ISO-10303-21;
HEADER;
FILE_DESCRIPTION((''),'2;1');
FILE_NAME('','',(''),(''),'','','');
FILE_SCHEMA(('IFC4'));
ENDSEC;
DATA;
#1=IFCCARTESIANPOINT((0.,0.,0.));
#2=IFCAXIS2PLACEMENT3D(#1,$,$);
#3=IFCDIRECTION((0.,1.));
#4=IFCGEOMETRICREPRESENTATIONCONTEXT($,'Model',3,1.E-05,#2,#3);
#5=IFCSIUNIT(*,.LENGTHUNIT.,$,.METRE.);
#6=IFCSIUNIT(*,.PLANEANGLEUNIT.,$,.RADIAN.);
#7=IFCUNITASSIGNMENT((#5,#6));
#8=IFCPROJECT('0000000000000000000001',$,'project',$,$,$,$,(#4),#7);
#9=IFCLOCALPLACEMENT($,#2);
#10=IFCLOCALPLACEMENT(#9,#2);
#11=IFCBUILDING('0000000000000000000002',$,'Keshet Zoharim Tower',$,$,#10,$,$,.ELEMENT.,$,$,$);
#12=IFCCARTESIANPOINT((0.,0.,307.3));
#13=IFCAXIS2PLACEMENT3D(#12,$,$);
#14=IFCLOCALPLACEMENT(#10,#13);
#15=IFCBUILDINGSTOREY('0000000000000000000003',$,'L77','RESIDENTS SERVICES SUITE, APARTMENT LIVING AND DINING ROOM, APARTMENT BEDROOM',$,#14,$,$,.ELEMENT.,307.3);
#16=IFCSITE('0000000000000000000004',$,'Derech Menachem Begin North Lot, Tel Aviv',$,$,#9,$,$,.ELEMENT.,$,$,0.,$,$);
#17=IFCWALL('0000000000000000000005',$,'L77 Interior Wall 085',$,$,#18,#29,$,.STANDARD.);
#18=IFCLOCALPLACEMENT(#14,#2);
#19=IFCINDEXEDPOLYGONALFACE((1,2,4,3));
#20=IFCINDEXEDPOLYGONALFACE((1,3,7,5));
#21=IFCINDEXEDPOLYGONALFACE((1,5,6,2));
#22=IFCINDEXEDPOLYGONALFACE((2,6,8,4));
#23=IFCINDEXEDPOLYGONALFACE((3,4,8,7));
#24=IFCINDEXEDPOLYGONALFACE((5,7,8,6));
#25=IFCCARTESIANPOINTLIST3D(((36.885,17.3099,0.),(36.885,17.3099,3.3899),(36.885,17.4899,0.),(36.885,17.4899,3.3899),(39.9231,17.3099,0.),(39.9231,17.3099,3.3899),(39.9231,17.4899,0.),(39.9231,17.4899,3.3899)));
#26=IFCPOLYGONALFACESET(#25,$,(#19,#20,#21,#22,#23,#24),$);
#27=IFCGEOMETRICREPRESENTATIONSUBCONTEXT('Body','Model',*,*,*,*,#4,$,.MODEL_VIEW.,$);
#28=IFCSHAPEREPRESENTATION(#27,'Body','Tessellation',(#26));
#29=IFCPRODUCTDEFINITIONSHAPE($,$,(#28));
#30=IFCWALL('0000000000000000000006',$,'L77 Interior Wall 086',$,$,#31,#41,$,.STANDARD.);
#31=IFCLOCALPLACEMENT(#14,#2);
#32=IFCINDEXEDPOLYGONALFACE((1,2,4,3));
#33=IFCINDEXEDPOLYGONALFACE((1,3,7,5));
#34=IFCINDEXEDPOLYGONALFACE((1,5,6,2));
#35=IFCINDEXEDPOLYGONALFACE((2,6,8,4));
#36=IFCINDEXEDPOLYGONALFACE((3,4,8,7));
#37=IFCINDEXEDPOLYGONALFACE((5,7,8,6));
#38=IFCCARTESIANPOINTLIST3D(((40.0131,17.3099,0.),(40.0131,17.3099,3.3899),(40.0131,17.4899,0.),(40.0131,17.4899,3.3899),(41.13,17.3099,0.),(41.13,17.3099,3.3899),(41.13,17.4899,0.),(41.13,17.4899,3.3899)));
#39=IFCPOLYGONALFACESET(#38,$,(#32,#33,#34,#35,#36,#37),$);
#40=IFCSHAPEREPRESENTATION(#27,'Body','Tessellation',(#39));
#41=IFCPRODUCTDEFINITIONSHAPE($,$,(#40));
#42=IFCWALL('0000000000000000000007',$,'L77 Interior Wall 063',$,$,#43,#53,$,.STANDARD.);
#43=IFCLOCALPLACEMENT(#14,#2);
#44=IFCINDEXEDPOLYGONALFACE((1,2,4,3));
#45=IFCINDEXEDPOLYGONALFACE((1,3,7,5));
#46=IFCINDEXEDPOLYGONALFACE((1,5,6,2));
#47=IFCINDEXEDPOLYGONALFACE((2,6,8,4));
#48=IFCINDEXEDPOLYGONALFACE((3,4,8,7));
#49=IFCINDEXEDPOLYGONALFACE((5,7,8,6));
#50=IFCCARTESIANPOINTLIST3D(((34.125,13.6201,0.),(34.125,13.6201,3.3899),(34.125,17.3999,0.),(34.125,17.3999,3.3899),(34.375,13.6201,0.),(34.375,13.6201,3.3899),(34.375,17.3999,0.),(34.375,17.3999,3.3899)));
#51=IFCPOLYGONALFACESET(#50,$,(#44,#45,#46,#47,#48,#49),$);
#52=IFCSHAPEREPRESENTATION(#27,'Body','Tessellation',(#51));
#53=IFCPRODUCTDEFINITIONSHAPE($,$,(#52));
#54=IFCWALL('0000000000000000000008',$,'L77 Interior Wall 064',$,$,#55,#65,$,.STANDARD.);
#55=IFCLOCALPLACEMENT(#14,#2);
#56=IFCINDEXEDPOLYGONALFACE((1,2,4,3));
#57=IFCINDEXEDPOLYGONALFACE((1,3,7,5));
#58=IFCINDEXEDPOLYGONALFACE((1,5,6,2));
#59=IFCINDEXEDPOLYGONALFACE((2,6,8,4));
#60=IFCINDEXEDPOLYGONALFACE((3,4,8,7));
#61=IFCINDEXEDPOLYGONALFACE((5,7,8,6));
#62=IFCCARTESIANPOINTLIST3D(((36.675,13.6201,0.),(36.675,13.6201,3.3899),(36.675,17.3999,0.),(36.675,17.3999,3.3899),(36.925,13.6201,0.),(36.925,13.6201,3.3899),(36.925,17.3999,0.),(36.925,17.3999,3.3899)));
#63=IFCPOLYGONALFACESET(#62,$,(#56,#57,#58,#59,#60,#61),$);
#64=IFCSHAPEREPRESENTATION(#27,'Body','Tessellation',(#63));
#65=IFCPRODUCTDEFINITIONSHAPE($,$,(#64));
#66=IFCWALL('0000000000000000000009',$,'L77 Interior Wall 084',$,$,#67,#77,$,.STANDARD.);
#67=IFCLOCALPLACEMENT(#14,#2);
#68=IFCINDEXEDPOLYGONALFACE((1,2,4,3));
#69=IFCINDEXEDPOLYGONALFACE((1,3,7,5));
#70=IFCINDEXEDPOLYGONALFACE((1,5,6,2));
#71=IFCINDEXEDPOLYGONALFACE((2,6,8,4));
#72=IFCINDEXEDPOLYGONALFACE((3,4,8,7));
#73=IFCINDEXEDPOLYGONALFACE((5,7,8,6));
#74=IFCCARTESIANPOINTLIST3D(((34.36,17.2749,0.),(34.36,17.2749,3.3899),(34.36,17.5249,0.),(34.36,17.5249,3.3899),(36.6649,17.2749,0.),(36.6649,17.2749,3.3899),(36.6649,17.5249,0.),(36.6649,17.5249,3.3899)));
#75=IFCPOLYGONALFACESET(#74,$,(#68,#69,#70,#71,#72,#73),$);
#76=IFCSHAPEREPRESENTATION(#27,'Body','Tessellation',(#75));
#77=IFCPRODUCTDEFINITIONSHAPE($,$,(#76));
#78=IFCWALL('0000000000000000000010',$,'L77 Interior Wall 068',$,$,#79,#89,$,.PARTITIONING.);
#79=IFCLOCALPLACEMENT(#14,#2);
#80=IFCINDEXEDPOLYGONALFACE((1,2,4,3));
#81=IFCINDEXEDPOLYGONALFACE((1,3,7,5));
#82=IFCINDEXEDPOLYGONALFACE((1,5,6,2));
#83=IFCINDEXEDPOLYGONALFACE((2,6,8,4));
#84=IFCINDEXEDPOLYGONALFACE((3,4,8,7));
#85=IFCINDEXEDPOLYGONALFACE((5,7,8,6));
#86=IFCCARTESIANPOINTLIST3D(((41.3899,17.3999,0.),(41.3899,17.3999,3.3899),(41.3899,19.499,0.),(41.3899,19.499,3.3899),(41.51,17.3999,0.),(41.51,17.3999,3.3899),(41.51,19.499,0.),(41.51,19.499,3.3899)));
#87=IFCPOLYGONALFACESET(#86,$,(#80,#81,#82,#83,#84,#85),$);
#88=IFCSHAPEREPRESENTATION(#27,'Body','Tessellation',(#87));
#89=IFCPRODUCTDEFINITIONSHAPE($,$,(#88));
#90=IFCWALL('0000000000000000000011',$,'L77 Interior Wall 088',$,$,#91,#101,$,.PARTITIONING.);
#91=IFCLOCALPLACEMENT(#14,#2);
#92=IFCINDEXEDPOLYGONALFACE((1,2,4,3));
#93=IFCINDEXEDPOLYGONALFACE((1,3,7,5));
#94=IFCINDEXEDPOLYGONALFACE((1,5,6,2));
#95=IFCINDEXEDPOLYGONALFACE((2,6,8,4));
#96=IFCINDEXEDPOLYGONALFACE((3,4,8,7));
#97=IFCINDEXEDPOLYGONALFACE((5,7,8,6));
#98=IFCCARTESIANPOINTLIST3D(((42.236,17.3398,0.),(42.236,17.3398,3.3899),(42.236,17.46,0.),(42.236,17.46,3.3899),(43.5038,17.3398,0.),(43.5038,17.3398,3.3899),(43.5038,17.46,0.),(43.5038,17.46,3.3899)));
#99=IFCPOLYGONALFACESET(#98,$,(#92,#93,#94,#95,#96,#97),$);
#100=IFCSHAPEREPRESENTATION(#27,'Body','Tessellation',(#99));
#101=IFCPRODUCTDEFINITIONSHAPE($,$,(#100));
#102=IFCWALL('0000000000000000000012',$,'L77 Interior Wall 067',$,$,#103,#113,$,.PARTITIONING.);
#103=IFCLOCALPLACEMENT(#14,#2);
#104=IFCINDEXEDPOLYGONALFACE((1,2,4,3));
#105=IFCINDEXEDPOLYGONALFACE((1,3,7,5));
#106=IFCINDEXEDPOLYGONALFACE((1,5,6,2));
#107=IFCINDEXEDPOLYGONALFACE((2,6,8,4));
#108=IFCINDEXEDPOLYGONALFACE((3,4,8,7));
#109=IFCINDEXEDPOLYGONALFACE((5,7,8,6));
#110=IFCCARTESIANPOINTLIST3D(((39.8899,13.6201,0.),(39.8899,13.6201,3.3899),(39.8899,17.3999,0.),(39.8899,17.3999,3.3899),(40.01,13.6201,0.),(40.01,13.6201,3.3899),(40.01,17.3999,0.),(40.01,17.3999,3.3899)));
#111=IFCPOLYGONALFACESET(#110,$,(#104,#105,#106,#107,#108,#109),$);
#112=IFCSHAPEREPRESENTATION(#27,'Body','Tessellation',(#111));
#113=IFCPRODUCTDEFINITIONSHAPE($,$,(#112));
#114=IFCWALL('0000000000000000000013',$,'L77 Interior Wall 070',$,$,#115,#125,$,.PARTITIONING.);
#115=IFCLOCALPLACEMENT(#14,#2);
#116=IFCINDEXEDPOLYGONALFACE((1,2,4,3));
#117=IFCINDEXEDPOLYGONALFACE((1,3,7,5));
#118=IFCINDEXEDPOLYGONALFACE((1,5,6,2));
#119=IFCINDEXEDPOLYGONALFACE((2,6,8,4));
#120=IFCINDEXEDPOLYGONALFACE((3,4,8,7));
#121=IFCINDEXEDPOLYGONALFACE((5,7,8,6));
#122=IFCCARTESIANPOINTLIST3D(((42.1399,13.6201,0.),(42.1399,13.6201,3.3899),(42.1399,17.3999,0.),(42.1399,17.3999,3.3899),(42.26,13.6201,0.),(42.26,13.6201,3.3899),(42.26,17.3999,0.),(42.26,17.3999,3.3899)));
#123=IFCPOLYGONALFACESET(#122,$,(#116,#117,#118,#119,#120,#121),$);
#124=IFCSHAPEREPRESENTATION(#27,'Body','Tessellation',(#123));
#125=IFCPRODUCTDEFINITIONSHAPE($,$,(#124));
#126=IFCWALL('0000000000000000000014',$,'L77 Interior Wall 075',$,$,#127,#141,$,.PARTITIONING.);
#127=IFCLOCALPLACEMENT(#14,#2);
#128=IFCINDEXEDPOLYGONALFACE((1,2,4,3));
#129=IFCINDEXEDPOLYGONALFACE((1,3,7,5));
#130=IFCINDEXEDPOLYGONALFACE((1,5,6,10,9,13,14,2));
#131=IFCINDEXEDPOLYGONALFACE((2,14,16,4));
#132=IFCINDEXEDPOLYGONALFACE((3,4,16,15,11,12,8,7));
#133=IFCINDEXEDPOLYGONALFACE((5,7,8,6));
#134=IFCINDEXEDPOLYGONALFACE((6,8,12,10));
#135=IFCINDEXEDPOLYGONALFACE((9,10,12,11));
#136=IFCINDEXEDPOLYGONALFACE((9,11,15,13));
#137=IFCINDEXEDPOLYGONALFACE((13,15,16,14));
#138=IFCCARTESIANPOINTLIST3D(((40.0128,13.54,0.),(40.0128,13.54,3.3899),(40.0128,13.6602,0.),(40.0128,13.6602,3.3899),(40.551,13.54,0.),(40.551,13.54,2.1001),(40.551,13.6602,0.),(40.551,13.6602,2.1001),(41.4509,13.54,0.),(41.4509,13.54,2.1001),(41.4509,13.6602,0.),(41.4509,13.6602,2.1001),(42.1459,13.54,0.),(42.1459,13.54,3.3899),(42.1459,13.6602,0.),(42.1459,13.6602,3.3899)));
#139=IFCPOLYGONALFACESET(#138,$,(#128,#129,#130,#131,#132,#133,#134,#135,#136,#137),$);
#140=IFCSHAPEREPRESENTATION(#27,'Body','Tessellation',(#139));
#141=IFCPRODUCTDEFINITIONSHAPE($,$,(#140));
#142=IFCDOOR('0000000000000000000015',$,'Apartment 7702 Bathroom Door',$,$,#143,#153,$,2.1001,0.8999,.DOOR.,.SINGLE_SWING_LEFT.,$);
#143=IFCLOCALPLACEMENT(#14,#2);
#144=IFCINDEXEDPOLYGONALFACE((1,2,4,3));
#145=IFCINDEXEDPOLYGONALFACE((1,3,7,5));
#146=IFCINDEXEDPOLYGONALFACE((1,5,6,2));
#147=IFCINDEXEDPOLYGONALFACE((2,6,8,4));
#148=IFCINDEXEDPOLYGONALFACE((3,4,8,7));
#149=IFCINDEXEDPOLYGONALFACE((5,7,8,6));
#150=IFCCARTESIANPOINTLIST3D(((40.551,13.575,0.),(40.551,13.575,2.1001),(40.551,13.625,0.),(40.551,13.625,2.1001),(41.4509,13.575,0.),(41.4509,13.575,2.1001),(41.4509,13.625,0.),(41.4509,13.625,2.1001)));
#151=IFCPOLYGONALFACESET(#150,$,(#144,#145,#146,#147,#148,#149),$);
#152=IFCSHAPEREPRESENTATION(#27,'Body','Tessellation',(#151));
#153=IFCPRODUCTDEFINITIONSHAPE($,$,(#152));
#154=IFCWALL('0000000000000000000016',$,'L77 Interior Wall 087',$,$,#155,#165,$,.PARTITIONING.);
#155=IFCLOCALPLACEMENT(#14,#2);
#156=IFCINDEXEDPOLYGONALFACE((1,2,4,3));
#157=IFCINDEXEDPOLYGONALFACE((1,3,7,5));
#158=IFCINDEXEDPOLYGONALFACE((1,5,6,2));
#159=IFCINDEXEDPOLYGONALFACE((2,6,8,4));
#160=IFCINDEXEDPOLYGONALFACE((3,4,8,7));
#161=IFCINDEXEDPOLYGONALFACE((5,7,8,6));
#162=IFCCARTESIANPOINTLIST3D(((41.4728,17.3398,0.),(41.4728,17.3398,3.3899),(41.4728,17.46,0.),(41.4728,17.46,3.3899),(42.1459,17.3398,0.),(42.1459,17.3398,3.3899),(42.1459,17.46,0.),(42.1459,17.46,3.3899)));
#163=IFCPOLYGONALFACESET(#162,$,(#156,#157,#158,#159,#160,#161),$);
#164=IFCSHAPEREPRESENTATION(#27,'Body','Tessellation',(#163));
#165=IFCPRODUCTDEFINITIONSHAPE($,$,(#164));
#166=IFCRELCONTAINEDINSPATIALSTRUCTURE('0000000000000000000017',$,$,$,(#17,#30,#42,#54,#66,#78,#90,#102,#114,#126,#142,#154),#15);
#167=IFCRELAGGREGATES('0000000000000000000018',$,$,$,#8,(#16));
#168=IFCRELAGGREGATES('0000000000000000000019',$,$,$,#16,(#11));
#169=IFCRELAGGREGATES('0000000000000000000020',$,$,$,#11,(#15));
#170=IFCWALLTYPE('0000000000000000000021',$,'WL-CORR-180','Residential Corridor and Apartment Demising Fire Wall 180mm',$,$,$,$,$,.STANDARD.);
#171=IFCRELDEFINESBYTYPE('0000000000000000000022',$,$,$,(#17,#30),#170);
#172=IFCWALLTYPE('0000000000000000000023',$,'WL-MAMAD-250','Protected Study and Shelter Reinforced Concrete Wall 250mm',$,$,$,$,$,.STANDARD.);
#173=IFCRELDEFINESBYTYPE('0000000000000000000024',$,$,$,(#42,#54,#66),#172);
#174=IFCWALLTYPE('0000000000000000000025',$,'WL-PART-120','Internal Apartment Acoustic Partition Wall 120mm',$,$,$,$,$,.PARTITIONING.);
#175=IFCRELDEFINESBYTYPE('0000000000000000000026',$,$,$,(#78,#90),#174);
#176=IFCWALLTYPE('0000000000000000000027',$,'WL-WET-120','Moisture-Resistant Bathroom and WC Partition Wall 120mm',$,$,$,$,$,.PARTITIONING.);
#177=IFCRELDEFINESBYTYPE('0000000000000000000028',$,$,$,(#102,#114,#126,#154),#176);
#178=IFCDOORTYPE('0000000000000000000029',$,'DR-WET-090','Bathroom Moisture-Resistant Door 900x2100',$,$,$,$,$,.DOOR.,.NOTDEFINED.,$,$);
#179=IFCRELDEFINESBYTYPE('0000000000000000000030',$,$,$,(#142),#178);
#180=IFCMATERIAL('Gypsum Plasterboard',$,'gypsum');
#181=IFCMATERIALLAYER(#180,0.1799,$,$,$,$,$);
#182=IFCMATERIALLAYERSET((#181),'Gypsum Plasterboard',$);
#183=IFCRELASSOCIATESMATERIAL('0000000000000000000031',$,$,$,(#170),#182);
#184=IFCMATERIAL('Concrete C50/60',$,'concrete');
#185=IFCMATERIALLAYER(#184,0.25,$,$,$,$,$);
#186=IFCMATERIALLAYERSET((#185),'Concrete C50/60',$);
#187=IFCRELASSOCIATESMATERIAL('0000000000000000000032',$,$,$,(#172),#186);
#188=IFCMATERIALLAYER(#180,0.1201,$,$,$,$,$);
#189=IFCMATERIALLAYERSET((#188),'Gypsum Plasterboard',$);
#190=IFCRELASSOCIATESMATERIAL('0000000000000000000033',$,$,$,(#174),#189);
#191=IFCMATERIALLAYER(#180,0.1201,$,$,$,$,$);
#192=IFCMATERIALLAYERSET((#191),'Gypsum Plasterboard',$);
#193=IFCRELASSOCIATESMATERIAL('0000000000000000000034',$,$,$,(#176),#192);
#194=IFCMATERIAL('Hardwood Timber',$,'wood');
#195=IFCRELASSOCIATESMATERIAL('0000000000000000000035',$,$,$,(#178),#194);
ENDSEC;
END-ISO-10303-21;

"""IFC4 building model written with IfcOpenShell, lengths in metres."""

from ifc_helpers import new_model, si_unit, direction, frame, frame_2d, origin, place, context, subcontext, project, spatial, rectangle, extrude, material, layer, layer_set, type_object, element, fill, save


model = new_model("IFC4")

# Units and contexts
model_context = context("Model", 3, precision=1e-05, world=origin(), true_north=direction((0.0, 1.0)))
body_context = subcontext(model_context, "Body", "Model", "MODEL_VIEW")
ifc_project = project(units=[si_unit("LENGTHUNIT", "METRE"), si_unit("PLANEANGLEUNIT", "RADIAN")], contexts=[model_context])

# Site, building, storey
site_placement = place(None, origin())
site = spatial("IfcSite", under=ifc_project, at=site_placement, Name="Derech Menachem Begin North Lot, Tel Aviv", CompositionType="ELEMENT", RefElevation=0.0)
building_placement = place(site_placement, origin())
building = spatial("IfcBuilding", under=site, at=building_placement, Name="Keshet Zoharim Tower", CompositionType="ELEMENT")
storey_placement = place(building_placement, frame((0.0, 0.0, 307.3)))
storey = spatial("IfcBuildingStorey", under=building, at=storey_placement, Name="L77", Description="RESIDENTS SERVICES SUITE, APARTMENT LIVING AND DINING ROOM, APARTMENT BEDROOM", CompositionType="ELEMENT", Elevation=307.3)

# Shared definitions
ifc_material_1 = material(Name="Concrete C50/60", Category="concrete")

# Shared definitions
ifc_material_2 = material(Name="Gypsum Plasterboard", Category="gypsum")
ifc_material_3 = material(Name="Hardwood Timber", Category="wood")

# Walls
ifc_layer_1 = layer(ifc_material_2, 0.1799)
ifc_layer_set_1 = layer_set([ifc_layer_1], Name="Gypsum Plasterboard")
wall_type_1 = type_object("IfcWallType", Name="WL-CORR-180", Description="Residential Corridor and Apartment Demising Fire Wall 180mm", PredefinedType="STANDARD", material=ifc_layer_set_1)
wall_1_placement = place(storey_placement, frame((36.885, 17.3999, 0.0), z_axis=(0.0, 0.0, 1.0), x_axis=(1.0, 0.0, 0.0)))
element("IfcWall", 1, at=wall_1_placement, inside=storey, type_object=wall_type_1, Name="L77 Interior Wall 085", PredefinedType="STANDARD", context=body_context, shape_type="SweptSolid", body=[
    extrude(rectangle(XDim=3.0381, YDim=0.1799, at=frame_2d((1.519, 0.0))), origin(), (0.0, 0.0, 1.0), 3.3899),
])
wall_2_placement = place(storey_placement, frame((40.0129, 17.3999, 0.0), z_axis=(0.0, 0.0, 1.0), x_axis=(1.0, 0.0, 0.0)))
element("IfcWall", 2, at=wall_2_placement, inside=storey, type_object=wall_type_1, Name="L77 Interior Wall 086", PredefinedType="STANDARD", context=body_context, shape_type="SweptSolid", body=[
    extrude(rectangle(XDim=1.1169, YDim=0.1799, at=frame_2d((0.5586, 0.0))), origin(), (0.0, 0.0, 1.0), 3.3899),
])
ifc_layer_2 = layer(ifc_material_1, 0.25)
ifc_layer_set_2 = layer_set([ifc_layer_2], Name="Concrete C50/60")
wall_type_2 = type_object("IfcWallType", Name="WL-MAMAD-250", Description="Protected Study and Shelter Reinforced Concrete Wall 250mm", PredefinedType="STANDARD", material=ifc_layer_set_2)
for number, where, z_axis, x_axis, name in (
    (3, (34.25, 13.6201, 0.0), (0.0, 0.0, 1.0), (0.0, 1.0, 0.0), "L77 Interior Wall 063"),
    (4, (36.8, 13.6201, 0.0), (0.0, 0.0, 1.0), (0.0, 1.0, 0.0), "L77 Interior Wall 064"),
):
    element("IfcWall", number, at=place(storey_placement, frame(where, z_axis=z_axis, x_axis=x_axis)), inside=storey, type_object=wall_type_2, Name=name, PredefinedType="STANDARD", context=body_context, shape_type="SweptSolid", body=[
        extrude(rectangle(XDim=3.7798, YDim=0.25, at=frame_2d((1.8899, 0.0))), origin(), (0.0, 0.0, 1.0), 3.3899),
    ])

# Walls
wall_3_placement = place(storey_placement, frame((34.3601, 17.3999, 0.0), z_axis=(0.0, 0.0, 1.0), x_axis=(1.0, 0.0, 0.0)))
element("IfcWall", 5, at=wall_3_placement, inside=storey, type_object=wall_type_2, Name="L77 Interior Wall 084", PredefinedType="STANDARD", context=body_context, shape_type="SweptSolid", body=[
    extrude(rectangle(XDim=2.3049, YDim=0.25, at=frame_2d((1.1523, 0.0))), origin(), (0.0, 0.0, 1.0), 3.3899),
])
ifc_layer_3 = layer(ifc_material_2, 0.1201)
ifc_layer_set_3 = layer_set([ifc_layer_3], Name="Gypsum Plasterboard")
wall_type_3 = type_object("IfcWallType", Name="WL-PART-120", Description="Internal Apartment Acoustic Partition Wall 120mm", PredefinedType="PARTITIONING", material=ifc_layer_set_3)
wall_4_placement = place(storey_placement, frame((41.45, 17.3999, 0.0), z_axis=(0.0, 0.0, 1.0), x_axis=(0.0, 1.0, 0.0)))
element("IfcWall", 6, at=wall_4_placement, inside=storey, type_object=wall_type_3, Name="L77 Interior Wall 068", PredefinedType="PARTITIONING", context=body_context, shape_type="SweptSolid", body=[
    extrude(rectangle(XDim=2.0991, YDim=0.1201, at=frame_2d((1.0496, 0.0))), origin(), (0.0, 0.0, 1.0), 3.3899),
])

# Walls
wall_5_placement = place(storey_placement, frame((42.2361, 17.3999, 0.0), z_axis=(0.0, 0.0, 1.0), x_axis=(1.0, 0.0, 0.0)))
element("IfcWall", 7, at=wall_5_placement, inside=storey, type_object=wall_type_3, Name="L77 Interior Wall 088", PredefinedType="PARTITIONING", context=body_context, shape_type="SweptSolid", body=[
    extrude(rectangle(XDim=1.2678, YDim=0.1201, at=frame_2d((0.6338, 0.0))), origin(), (0.0, 0.0, 1.0), 3.3899),
])
ifc_layer_4 = layer(ifc_material_2, 0.1201)
ifc_layer_set_4 = layer_set([ifc_layer_4], Name="Gypsum Plasterboard")
wall_type_4 = type_object("IfcWallType", Name="WL-WET-120", Description="Moisture-Resistant Bathroom and WC Partition Wall 120mm", PredefinedType="PARTITIONING", material=ifc_layer_set_4)
for number, where, z_axis, x_axis, name in (
    (8, (39.95, 13.6201, 0.0), (0.0, 0.0, 1.0), (0.0, 1.0, 0.0), "L77 Interior Wall 067"),
    (9, (42.2, 13.6201, 0.0), (0.0, 0.0, 1.0), (0.0, 1.0, 0.0), "L77 Interior Wall 070"),
):
    element("IfcWall", number, at=place(storey_placement, frame(where, z_axis=z_axis, x_axis=x_axis)), inside=storey, type_object=wall_type_4, Name=name, PredefinedType="PARTITIONING", context=body_context, shape_type="SweptSolid", body=[
        extrude(rectangle(XDim=3.7798, YDim=0.1201, at=frame_2d((1.8899, 0.0))), origin(), (0.0, 0.0, 1.0), 3.3899),
    ])

# Wall, opening, door
wall_6_placement = place(storey_placement, frame((40.0129, 13.6001, 0.0), z_axis=(0.0, 0.0, 1.0), x_axis=(1.0, 0.0, 0.0)))
wall_6 = element("IfcWall", 10, at=wall_6_placement, inside=storey, type_object=wall_type_4, Name="L77 Interior Wall 075", PredefinedType="PARTITIONING", context=body_context, shape_type="SweptSolid", body=[
    extrude(rectangle(XDim=2.1331, YDim=0.1201, at=frame_2d((1.0664, 0.0))), origin(), (0.0, 0.0, 1.0), 3.3899),
])
opening_1_placement = place(wall_6_placement, frame((0.5381, 0.0, 0.0)))
opening_1 = element("IfcOpeningElement", 11, at=opening_1_placement, cuts=wall_6, PredefinedType="OPENING", context=body_context, shape_type="SweptSolid", body=[
    extrude(rectangle(XDim=0.8999, YDim=2.1001, at=frame_2d((0.45, 1.05))), frame((0.0, 0.0701, 0.0), z_axis=(0.0, -1.0, 0.0), x_axis=(1.0, 0.0, 0.0)), (0.0, 0.0, 1.0), 0.1401),
])
door_type_1 = type_object("IfcDoorType", Name="DR-WET-090", Description="Bathroom Moisture-Resistant Door 900x2100", OperationType="NOTDEFINED", PredefinedType="DOOR", material=ifc_material_3)
door_1_placement = place(opening_1_placement, origin())
door_1 = element("IfcDoor", 12, at=door_1_placement, inside=storey, type_object=door_type_1, Name="Apartment 7702 Bathroom Door", OperationType="SINGLE_SWING_LEFT", OverallHeight=2.1001, OverallWidth=0.8999, PredefinedType="DOOR", context=body_context, shape_type="SweptSolid", body=[
    extrude(rectangle(XDim=0.8999, YDim=2.1001, at=frame_2d((0.45, 1.05))), frame((0.0, 0.0249, 0.0), z_axis=(0.0, -1.0, 0.0), x_axis=(1.0, 0.0, 0.0)), (0.0, 0.0, 1.0), 0.05),
])
fill(opening_1, door_1)

# Wall
wall_7_placement = place(storey_placement, frame((41.4729, 17.3999, 0.0), z_axis=(0.0, 0.0, 1.0), x_axis=(1.0, 0.0, 0.0)))
element("IfcWall", 13, at=wall_7_placement, inside=storey, type_object=wall_type_4, Name="L77 Interior Wall 087", PredefinedType="PARTITIONING", context=body_context, shape_type="SweptSolid", body=[
    extrude(rectangle(XDim=0.6731, YDim=0.1201, at=frame_2d((0.3364, 0.0))), origin(), (0.0, 0.0, 1.0), 3.3899),
])

save(model, "model.ifc")
